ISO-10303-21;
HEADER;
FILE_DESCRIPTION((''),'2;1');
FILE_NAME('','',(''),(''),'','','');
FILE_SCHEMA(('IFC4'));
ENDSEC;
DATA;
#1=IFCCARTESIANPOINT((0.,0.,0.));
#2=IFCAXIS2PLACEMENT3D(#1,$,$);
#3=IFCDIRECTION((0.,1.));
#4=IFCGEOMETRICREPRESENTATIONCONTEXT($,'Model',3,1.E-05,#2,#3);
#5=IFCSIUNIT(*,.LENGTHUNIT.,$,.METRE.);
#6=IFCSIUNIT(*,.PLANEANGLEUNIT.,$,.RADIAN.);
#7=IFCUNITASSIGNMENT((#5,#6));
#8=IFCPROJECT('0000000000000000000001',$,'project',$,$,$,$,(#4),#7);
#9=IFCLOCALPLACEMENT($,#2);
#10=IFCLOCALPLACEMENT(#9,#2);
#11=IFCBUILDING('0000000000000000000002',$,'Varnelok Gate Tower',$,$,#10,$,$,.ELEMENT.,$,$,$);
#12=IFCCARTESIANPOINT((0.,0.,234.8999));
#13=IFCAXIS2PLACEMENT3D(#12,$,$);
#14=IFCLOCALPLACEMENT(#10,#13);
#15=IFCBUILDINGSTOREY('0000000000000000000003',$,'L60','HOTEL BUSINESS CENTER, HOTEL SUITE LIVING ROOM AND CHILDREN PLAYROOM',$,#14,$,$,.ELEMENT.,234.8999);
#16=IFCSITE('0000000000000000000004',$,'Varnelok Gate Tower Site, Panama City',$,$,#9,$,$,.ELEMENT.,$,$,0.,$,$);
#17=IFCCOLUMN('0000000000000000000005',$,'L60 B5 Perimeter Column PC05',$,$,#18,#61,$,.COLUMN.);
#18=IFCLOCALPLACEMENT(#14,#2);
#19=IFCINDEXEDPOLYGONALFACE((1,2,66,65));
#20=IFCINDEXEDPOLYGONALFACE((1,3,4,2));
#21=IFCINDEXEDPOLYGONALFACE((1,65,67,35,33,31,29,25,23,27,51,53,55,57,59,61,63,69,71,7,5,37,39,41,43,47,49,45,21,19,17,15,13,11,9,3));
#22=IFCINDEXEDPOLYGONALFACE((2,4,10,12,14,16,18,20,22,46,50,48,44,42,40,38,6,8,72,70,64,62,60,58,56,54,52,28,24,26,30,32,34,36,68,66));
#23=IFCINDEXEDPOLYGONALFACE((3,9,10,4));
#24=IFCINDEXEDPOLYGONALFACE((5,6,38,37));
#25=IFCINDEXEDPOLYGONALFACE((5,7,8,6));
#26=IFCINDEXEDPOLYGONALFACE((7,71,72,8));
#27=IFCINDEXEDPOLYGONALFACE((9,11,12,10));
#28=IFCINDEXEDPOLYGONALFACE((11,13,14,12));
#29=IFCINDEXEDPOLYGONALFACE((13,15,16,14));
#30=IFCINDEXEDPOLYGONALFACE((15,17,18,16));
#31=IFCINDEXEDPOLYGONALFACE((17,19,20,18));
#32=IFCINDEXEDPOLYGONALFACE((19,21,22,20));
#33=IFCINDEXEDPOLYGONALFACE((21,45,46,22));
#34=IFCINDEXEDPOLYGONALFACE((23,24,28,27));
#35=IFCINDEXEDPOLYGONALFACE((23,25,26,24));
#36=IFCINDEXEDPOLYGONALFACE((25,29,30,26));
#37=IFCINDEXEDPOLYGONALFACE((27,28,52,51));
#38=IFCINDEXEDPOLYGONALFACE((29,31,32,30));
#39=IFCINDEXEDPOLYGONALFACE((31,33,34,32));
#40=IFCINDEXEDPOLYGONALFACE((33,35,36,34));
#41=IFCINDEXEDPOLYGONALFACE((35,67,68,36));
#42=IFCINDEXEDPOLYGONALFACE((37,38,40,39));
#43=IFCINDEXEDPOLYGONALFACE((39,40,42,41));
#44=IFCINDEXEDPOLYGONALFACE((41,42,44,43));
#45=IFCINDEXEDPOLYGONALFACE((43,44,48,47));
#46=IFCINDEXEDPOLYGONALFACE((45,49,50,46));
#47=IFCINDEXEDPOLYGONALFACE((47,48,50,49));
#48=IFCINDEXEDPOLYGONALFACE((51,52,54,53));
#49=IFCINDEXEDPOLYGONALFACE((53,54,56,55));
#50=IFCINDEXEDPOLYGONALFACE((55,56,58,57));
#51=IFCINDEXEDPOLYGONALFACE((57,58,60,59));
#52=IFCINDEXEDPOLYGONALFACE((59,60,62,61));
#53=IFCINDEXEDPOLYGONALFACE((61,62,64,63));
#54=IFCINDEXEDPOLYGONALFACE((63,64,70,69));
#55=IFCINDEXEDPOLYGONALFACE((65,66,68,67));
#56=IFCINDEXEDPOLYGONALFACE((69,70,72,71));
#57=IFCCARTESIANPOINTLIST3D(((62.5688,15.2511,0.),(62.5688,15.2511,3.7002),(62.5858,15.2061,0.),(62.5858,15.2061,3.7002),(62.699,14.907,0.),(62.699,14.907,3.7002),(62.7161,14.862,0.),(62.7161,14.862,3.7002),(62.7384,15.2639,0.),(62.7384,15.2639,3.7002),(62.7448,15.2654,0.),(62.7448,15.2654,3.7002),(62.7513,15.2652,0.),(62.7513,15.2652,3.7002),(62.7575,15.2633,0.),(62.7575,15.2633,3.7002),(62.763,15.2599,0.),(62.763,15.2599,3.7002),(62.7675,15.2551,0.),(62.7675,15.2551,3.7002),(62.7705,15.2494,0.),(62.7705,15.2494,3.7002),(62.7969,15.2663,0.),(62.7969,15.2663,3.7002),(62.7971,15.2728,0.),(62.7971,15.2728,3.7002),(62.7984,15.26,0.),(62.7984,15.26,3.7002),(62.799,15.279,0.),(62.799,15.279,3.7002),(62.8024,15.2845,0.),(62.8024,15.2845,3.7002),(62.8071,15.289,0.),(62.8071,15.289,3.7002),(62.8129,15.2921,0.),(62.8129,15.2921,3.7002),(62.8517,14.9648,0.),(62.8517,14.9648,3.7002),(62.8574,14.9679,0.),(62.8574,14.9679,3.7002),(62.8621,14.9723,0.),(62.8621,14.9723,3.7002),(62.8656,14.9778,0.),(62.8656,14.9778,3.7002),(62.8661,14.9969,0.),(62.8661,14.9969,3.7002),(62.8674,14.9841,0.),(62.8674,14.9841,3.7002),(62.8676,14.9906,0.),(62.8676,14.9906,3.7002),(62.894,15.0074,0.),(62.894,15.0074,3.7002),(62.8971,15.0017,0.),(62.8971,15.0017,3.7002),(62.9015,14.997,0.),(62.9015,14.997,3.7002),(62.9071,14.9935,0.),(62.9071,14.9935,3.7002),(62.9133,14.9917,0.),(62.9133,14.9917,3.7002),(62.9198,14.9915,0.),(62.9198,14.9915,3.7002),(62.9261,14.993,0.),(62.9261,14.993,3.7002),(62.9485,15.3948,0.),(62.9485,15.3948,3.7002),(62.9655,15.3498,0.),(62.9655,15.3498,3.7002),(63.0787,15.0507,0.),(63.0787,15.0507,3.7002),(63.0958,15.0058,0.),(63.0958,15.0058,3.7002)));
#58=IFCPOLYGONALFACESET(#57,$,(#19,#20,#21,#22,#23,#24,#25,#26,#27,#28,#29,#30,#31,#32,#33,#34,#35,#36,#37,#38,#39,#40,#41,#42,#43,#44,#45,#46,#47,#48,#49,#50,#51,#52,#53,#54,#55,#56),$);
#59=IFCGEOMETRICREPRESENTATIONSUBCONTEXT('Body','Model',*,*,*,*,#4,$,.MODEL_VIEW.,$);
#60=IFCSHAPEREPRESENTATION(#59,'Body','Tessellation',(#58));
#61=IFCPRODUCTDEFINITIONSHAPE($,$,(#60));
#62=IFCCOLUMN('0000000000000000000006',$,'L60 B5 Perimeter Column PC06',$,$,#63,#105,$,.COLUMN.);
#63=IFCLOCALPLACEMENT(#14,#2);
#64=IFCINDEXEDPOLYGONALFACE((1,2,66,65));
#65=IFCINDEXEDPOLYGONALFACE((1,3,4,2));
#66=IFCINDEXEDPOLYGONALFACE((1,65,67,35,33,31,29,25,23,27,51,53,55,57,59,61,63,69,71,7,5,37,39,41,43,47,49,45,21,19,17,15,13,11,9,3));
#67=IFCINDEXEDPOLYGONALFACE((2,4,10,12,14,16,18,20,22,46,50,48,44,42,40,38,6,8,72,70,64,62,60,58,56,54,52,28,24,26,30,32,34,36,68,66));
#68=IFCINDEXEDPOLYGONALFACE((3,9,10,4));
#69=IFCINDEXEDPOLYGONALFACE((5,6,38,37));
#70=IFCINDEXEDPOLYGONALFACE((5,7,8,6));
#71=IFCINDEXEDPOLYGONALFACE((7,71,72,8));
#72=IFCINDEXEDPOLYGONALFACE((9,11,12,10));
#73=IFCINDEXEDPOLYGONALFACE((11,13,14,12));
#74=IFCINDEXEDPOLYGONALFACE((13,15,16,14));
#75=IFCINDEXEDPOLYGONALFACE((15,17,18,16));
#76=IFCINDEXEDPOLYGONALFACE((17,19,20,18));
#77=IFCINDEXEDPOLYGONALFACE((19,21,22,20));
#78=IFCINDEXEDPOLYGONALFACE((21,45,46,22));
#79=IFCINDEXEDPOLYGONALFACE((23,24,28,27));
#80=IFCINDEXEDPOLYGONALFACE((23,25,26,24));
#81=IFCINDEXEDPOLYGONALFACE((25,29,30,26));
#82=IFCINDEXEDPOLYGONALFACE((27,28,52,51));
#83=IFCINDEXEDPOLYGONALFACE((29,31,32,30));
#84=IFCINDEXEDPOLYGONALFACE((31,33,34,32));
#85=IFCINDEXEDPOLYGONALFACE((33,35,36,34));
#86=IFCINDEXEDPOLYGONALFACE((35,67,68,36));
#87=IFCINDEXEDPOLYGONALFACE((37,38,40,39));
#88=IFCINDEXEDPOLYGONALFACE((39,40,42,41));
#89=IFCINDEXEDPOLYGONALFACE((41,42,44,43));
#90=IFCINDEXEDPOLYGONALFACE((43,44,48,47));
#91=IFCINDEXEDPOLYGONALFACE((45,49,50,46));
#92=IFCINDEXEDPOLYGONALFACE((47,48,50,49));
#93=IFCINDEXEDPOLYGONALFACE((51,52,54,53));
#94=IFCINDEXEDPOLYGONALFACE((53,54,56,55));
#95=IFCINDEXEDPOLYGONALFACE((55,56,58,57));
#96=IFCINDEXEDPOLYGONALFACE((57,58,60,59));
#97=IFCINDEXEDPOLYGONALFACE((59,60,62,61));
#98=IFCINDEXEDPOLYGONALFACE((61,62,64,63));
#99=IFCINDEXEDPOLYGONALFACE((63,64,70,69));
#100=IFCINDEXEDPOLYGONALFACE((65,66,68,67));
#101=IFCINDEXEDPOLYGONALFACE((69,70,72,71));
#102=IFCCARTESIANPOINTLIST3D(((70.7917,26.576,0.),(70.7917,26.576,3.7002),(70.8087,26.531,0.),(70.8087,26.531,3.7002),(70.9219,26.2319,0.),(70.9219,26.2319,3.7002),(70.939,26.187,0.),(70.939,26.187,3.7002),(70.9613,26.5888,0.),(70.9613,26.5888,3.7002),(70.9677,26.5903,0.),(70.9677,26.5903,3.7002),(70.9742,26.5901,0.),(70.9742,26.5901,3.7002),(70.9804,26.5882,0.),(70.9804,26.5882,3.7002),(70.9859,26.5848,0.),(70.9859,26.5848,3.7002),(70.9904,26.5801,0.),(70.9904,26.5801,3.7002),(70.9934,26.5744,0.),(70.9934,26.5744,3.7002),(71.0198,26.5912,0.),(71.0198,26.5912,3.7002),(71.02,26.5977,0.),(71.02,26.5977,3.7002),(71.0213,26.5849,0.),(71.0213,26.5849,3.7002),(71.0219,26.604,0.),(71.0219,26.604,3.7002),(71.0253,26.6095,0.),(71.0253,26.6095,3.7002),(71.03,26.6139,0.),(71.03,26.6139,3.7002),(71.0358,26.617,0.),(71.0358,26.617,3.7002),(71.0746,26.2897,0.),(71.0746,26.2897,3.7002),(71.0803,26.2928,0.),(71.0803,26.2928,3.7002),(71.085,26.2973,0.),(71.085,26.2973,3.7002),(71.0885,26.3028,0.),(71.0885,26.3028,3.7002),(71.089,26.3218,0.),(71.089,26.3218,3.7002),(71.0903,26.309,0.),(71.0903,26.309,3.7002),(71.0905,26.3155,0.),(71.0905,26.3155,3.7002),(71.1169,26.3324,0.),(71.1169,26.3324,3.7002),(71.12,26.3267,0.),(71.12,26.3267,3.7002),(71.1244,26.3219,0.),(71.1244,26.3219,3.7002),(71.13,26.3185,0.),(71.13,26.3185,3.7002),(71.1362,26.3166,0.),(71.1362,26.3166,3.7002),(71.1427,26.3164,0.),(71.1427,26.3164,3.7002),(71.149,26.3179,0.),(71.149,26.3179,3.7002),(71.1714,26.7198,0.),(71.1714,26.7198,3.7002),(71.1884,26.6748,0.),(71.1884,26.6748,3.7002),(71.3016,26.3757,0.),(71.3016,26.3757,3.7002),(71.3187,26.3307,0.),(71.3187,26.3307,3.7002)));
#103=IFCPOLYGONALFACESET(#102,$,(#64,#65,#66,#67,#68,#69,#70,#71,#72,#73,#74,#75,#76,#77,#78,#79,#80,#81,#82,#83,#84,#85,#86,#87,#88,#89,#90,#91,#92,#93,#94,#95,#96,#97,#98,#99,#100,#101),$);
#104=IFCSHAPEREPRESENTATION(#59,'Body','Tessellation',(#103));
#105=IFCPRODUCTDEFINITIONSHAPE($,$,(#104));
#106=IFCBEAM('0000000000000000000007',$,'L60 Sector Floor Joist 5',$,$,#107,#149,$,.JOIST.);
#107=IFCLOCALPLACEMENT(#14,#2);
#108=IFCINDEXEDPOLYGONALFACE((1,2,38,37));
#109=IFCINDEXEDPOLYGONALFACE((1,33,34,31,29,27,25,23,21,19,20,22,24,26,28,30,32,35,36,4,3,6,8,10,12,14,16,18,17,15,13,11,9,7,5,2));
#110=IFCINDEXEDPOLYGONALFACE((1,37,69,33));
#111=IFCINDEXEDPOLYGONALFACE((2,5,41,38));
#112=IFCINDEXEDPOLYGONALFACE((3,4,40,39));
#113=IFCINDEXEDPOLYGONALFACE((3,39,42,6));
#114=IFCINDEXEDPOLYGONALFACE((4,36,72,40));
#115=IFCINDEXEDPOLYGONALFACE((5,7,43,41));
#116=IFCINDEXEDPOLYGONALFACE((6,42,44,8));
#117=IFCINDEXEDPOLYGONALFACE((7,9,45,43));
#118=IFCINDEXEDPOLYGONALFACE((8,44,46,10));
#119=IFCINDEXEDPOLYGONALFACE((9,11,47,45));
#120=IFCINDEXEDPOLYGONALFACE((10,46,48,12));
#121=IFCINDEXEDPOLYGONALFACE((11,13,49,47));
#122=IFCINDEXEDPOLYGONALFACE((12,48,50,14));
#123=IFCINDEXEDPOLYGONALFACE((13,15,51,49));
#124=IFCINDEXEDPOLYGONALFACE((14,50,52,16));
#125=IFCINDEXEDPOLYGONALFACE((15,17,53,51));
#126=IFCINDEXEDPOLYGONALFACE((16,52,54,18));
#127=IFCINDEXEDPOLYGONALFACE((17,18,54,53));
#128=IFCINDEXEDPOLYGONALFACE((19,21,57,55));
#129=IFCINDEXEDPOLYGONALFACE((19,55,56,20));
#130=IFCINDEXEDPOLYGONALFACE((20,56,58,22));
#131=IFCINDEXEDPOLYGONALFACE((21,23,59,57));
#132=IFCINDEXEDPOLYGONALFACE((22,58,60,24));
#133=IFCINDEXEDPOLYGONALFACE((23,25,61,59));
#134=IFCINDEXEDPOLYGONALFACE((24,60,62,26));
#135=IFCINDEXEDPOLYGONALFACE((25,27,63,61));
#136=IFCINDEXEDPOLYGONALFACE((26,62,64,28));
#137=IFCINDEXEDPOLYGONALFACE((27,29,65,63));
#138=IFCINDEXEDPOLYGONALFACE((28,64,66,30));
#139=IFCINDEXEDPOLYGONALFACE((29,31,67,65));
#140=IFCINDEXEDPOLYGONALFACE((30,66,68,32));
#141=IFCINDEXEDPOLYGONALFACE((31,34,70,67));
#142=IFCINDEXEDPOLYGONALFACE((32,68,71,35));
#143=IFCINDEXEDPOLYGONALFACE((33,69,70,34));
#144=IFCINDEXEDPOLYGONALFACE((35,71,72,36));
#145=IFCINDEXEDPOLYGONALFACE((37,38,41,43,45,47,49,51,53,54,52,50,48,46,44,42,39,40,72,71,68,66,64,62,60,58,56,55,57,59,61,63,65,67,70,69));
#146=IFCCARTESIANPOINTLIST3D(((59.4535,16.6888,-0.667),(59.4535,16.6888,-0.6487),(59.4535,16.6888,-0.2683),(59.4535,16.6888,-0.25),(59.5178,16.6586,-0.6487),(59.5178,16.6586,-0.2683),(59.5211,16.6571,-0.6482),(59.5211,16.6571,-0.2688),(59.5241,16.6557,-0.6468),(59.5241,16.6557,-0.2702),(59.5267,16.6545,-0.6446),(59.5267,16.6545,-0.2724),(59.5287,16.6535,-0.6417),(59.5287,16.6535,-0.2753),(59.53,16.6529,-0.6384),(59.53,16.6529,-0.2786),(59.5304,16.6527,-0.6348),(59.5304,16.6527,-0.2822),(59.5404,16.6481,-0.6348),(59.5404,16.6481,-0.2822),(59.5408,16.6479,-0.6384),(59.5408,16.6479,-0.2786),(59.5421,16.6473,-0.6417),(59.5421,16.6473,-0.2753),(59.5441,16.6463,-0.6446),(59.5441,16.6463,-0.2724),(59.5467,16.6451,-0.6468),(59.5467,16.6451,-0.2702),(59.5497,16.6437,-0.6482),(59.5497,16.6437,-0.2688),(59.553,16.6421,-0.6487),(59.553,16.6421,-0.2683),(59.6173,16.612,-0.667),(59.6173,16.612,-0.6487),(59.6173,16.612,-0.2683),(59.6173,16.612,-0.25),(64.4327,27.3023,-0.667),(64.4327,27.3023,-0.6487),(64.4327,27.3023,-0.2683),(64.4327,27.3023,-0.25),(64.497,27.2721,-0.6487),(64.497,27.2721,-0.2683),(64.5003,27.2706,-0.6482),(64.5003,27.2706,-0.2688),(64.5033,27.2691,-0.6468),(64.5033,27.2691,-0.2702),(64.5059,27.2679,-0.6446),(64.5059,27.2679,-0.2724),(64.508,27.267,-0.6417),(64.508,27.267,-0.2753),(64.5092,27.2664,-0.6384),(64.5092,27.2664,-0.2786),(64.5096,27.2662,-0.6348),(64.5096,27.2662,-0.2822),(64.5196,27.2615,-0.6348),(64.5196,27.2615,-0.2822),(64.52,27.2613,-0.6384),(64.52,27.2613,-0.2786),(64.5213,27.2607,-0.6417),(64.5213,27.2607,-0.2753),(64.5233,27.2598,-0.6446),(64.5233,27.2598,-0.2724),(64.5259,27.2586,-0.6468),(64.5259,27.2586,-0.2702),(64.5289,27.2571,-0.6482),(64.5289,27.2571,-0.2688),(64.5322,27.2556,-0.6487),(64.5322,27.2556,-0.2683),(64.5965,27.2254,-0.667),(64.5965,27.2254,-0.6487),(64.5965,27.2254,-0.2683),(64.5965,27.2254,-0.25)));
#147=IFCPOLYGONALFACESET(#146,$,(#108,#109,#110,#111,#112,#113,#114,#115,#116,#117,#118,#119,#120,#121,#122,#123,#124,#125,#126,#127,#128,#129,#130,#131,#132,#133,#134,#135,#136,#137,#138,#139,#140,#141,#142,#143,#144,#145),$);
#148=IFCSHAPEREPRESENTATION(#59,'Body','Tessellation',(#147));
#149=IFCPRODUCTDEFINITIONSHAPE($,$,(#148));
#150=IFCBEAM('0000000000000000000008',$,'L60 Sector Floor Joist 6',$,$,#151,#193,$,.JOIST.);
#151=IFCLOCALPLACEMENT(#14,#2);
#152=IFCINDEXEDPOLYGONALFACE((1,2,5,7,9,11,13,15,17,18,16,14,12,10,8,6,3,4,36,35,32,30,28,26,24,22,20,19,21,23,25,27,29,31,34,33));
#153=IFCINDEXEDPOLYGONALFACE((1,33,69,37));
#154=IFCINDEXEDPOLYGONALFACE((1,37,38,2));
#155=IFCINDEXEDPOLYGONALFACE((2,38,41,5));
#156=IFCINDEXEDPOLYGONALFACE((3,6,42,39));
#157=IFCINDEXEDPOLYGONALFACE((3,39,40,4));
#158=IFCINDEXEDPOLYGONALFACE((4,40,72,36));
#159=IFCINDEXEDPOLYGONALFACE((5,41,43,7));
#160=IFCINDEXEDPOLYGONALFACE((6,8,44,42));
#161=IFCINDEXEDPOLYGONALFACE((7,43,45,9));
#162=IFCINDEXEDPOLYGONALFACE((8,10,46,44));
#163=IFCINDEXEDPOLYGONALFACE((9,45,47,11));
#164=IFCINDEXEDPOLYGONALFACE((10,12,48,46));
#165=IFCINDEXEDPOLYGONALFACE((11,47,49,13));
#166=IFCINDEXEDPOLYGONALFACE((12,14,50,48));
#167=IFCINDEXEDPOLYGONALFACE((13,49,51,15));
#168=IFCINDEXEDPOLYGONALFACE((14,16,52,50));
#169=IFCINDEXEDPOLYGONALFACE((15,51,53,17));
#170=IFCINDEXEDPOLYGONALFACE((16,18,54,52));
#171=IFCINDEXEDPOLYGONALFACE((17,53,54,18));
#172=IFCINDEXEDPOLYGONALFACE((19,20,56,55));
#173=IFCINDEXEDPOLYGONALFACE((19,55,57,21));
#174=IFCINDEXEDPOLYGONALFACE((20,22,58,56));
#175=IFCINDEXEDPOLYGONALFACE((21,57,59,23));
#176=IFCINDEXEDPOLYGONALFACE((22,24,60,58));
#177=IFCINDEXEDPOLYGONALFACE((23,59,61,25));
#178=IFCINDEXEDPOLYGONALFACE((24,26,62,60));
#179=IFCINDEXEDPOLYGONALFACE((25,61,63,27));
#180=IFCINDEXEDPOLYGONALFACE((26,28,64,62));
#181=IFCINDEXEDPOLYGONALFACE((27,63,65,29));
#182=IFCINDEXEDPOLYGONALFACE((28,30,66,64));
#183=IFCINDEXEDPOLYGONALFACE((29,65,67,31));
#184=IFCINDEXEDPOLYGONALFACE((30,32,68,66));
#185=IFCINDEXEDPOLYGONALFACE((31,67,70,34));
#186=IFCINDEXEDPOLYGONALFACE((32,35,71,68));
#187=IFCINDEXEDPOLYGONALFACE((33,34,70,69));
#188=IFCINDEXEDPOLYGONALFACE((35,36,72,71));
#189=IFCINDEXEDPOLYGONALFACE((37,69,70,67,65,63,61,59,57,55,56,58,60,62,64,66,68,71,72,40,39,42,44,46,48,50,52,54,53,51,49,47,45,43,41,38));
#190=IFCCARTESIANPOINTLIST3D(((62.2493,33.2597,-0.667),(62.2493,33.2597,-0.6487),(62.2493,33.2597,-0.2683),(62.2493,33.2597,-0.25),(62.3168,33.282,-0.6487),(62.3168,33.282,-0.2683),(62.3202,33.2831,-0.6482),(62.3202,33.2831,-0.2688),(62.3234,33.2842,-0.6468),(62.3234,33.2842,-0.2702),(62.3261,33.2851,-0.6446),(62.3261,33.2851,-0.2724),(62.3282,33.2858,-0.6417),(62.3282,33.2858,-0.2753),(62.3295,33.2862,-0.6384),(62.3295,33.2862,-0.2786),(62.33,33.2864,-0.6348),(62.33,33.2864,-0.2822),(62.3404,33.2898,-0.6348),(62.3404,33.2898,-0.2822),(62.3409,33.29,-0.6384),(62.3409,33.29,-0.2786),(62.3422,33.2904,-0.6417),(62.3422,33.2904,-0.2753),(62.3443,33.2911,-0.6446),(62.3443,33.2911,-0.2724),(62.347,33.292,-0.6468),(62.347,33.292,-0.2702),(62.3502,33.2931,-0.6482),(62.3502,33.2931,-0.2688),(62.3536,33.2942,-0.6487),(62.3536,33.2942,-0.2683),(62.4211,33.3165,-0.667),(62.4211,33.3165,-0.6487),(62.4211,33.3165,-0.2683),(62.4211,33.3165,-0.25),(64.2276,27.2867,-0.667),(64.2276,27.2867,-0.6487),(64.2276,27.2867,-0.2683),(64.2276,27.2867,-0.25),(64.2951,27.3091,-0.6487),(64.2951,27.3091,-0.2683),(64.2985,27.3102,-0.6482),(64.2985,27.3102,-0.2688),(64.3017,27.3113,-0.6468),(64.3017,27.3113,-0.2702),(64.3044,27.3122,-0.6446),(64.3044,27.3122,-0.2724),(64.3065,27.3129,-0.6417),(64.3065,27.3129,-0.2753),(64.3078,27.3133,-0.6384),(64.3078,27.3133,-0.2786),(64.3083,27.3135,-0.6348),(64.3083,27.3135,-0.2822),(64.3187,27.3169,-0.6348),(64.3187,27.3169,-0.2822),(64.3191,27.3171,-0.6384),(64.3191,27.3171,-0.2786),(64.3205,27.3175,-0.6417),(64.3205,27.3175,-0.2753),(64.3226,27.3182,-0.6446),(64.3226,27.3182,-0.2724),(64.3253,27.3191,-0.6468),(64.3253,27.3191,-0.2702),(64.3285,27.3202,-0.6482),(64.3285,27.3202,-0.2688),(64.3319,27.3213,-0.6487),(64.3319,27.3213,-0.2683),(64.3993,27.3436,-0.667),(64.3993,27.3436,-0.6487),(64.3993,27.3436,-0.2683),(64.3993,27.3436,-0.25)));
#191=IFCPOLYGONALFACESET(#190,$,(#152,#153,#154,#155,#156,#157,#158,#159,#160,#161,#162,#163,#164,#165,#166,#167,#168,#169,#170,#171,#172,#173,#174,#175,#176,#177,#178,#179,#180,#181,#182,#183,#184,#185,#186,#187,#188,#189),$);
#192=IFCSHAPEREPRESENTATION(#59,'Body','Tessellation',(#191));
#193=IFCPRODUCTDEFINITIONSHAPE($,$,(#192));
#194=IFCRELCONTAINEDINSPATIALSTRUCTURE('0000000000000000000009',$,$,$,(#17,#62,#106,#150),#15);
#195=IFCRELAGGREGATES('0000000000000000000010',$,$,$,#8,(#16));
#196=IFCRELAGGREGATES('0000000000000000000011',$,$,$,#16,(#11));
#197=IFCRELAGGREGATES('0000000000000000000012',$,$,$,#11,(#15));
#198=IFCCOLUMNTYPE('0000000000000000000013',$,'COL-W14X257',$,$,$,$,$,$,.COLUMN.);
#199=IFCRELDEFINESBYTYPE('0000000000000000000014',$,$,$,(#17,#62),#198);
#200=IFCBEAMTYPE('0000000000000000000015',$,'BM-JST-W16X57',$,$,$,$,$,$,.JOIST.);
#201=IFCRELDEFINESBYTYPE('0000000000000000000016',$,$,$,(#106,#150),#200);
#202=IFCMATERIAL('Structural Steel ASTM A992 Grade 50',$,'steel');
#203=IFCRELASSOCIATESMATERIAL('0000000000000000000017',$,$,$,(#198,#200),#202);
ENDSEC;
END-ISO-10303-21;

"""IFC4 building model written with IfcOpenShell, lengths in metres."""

from ifc_helpers import new_model, si_unit, direction, frame, origin, origin_2d, place, context, subcontext, project, spatial, i_section, extrude, material, material_profile, profile_set, type_object, element, save


model = new_model("IFC4")

# Units and contexts
model_context = context("Model", 3, precision=1e-05, world=origin(), true_north=direction((0.0, 1.0)))
body_context = subcontext(model_context, "Body", "Model", "MODEL_VIEW")
ifc_project = project(units=[si_unit("LENGTHUNIT", "METRE"), si_unit("PLANEANGLEUNIT", "RADIAN")], contexts=[model_context])

# Site, building, storey
site_placement = place(None, origin())
site = spatial("IfcSite", under=ifc_project, at=site_placement, Name="Varnelok Gate Tower Site, Panama City", CompositionType="ELEMENT", RefElevation=0.0)
building_placement = place(site_placement, origin())
building = spatial("IfcBuilding", under=site, at=building_placement, Name="Varnelok Gate Tower", CompositionType="ELEMENT")
storey_placement = place(building_placement, frame((0.0, 0.0, 234.8999)))
storey = spatial("IfcBuildingStorey", under=building, at=storey_placement, Name="L60", Description="HOTEL BUSINESS CENTER, HOTEL SUITE LIVING ROOM AND CHILDREN PLAYROOM", CompositionType="ELEMENT", Elevation=234.8999)

# Columns
ifc_material_1 = material(Name="Structural Steel ASTM A992 Grade 50", Category="steel")
ifc_material_profile_1 = material_profile(ifc_material_1, i_section(OverallWidth=0.406, OverallDepth=0.416, WebThickness=0.0298, FlangeThickness=0.0481, FilletRadius=0.0249, at=origin_2d()), Name="W14X257")
ifc_profile_set_1 = profile_set([ifc_material_profile_1], Name="Structural Steel ASTM A992 Grade 50")
column_type = type_object("IfcColumnType", Name="COL-W14X257", PredefinedType="COLUMN", material=ifc_profile_set_1)
for number, where, z_axis, x_axis, name in (
    (1, (62.8323, 15.1284, 0.0), (0.0, 0.0, 1.0), (0.935222, 0.354063, 0.0), "L60 B5 Perimeter Column PC05"),
    (2, (71.0552, 26.4534, 0.0), (0.0, 0.0, 1.0), (0.935222, 0.354063, 0.0), "L60 B5 Perimeter Column PC06"),
):
    element("IfcColumn", number, at=place(storey_placement, frame(where, z_axis=z_axis, x_axis=x_axis)), inside=storey, type_object=column_type, Name=name, PredefinedType="COLUMN", context=body_context, shape_type="SweptSolid", body=[
        extrude(i_section(OverallWidth=0.406, OverallDepth=0.416, WebThickness=0.0298, FlangeThickness=0.0481, FilletRadius=0.0249, at=origin_2d()), origin(), (0.0, 0.0, 1.0), 3.7002),
    ])

# Beams
ifc_material_profile_2 = material_profile(ifc_material_1, i_section(OverallWidth=0.1809, OverallDepth=0.417, WebThickness=0.011, FlangeThickness=0.0183, FilletRadius=0.0139, at=origin_2d()), Name="W16X57")
ifc_profile_set_2 = profile_set([ifc_material_profile_2], Name="Structural Steel ASTM A992 Grade 50")
beam_type_1 = type_object("IfcBeamType", Name="BM-JST-W16X57", PredefinedType="JOIST", material=ifc_profile_set_2)
beam_1_placement = place(storey_placement, frame((59.5354, 16.6504, -0.4585), z_axis=(0.424725, 0.905323, 0.0), x_axis=(-0.905323, 0.424725, 0.0)))
element("IfcBeam", 3, at=beam_1_placement, inside=storey, type_object=beam_type_1, Name="L60 Sector Floor Joist 5", PredefinedType="JOIST", context=body_context, shape_type="SweptSolid", body=[
    extrude(i_section(OverallWidth=0.1809, OverallDepth=0.417, WebThickness=0.011, FlangeThickness=0.0183, FilletRadius=0.0139, at=origin_2d()), origin(), (0.0, 0.0, 1.0), 11.7234),
])
beam_2_placement = place(storey_placement, frame((64.3135, 27.3152, -0.4585), z_axis=(-0.314411, 0.949287, 0.0), x_axis=(-0.949287, -0.314411, 0.0)))
element("IfcBeam", 4, at=beam_2_placement, inside=storey, type_object=beam_type_1, Name="L60 Sector Floor Joist 6", PredefinedType="JOIST", context=body_context, shape_type="SweptSolid", body=[
    extrude(i_section(OverallWidth=0.1809, OverallDepth=0.417, WebThickness=0.011, FlangeThickness=0.0183, FilletRadius=0.0139, at=origin_2d()), origin(), (0.0, 0.0, 1.0), 6.292),
])

save(model, "model.ifc")
